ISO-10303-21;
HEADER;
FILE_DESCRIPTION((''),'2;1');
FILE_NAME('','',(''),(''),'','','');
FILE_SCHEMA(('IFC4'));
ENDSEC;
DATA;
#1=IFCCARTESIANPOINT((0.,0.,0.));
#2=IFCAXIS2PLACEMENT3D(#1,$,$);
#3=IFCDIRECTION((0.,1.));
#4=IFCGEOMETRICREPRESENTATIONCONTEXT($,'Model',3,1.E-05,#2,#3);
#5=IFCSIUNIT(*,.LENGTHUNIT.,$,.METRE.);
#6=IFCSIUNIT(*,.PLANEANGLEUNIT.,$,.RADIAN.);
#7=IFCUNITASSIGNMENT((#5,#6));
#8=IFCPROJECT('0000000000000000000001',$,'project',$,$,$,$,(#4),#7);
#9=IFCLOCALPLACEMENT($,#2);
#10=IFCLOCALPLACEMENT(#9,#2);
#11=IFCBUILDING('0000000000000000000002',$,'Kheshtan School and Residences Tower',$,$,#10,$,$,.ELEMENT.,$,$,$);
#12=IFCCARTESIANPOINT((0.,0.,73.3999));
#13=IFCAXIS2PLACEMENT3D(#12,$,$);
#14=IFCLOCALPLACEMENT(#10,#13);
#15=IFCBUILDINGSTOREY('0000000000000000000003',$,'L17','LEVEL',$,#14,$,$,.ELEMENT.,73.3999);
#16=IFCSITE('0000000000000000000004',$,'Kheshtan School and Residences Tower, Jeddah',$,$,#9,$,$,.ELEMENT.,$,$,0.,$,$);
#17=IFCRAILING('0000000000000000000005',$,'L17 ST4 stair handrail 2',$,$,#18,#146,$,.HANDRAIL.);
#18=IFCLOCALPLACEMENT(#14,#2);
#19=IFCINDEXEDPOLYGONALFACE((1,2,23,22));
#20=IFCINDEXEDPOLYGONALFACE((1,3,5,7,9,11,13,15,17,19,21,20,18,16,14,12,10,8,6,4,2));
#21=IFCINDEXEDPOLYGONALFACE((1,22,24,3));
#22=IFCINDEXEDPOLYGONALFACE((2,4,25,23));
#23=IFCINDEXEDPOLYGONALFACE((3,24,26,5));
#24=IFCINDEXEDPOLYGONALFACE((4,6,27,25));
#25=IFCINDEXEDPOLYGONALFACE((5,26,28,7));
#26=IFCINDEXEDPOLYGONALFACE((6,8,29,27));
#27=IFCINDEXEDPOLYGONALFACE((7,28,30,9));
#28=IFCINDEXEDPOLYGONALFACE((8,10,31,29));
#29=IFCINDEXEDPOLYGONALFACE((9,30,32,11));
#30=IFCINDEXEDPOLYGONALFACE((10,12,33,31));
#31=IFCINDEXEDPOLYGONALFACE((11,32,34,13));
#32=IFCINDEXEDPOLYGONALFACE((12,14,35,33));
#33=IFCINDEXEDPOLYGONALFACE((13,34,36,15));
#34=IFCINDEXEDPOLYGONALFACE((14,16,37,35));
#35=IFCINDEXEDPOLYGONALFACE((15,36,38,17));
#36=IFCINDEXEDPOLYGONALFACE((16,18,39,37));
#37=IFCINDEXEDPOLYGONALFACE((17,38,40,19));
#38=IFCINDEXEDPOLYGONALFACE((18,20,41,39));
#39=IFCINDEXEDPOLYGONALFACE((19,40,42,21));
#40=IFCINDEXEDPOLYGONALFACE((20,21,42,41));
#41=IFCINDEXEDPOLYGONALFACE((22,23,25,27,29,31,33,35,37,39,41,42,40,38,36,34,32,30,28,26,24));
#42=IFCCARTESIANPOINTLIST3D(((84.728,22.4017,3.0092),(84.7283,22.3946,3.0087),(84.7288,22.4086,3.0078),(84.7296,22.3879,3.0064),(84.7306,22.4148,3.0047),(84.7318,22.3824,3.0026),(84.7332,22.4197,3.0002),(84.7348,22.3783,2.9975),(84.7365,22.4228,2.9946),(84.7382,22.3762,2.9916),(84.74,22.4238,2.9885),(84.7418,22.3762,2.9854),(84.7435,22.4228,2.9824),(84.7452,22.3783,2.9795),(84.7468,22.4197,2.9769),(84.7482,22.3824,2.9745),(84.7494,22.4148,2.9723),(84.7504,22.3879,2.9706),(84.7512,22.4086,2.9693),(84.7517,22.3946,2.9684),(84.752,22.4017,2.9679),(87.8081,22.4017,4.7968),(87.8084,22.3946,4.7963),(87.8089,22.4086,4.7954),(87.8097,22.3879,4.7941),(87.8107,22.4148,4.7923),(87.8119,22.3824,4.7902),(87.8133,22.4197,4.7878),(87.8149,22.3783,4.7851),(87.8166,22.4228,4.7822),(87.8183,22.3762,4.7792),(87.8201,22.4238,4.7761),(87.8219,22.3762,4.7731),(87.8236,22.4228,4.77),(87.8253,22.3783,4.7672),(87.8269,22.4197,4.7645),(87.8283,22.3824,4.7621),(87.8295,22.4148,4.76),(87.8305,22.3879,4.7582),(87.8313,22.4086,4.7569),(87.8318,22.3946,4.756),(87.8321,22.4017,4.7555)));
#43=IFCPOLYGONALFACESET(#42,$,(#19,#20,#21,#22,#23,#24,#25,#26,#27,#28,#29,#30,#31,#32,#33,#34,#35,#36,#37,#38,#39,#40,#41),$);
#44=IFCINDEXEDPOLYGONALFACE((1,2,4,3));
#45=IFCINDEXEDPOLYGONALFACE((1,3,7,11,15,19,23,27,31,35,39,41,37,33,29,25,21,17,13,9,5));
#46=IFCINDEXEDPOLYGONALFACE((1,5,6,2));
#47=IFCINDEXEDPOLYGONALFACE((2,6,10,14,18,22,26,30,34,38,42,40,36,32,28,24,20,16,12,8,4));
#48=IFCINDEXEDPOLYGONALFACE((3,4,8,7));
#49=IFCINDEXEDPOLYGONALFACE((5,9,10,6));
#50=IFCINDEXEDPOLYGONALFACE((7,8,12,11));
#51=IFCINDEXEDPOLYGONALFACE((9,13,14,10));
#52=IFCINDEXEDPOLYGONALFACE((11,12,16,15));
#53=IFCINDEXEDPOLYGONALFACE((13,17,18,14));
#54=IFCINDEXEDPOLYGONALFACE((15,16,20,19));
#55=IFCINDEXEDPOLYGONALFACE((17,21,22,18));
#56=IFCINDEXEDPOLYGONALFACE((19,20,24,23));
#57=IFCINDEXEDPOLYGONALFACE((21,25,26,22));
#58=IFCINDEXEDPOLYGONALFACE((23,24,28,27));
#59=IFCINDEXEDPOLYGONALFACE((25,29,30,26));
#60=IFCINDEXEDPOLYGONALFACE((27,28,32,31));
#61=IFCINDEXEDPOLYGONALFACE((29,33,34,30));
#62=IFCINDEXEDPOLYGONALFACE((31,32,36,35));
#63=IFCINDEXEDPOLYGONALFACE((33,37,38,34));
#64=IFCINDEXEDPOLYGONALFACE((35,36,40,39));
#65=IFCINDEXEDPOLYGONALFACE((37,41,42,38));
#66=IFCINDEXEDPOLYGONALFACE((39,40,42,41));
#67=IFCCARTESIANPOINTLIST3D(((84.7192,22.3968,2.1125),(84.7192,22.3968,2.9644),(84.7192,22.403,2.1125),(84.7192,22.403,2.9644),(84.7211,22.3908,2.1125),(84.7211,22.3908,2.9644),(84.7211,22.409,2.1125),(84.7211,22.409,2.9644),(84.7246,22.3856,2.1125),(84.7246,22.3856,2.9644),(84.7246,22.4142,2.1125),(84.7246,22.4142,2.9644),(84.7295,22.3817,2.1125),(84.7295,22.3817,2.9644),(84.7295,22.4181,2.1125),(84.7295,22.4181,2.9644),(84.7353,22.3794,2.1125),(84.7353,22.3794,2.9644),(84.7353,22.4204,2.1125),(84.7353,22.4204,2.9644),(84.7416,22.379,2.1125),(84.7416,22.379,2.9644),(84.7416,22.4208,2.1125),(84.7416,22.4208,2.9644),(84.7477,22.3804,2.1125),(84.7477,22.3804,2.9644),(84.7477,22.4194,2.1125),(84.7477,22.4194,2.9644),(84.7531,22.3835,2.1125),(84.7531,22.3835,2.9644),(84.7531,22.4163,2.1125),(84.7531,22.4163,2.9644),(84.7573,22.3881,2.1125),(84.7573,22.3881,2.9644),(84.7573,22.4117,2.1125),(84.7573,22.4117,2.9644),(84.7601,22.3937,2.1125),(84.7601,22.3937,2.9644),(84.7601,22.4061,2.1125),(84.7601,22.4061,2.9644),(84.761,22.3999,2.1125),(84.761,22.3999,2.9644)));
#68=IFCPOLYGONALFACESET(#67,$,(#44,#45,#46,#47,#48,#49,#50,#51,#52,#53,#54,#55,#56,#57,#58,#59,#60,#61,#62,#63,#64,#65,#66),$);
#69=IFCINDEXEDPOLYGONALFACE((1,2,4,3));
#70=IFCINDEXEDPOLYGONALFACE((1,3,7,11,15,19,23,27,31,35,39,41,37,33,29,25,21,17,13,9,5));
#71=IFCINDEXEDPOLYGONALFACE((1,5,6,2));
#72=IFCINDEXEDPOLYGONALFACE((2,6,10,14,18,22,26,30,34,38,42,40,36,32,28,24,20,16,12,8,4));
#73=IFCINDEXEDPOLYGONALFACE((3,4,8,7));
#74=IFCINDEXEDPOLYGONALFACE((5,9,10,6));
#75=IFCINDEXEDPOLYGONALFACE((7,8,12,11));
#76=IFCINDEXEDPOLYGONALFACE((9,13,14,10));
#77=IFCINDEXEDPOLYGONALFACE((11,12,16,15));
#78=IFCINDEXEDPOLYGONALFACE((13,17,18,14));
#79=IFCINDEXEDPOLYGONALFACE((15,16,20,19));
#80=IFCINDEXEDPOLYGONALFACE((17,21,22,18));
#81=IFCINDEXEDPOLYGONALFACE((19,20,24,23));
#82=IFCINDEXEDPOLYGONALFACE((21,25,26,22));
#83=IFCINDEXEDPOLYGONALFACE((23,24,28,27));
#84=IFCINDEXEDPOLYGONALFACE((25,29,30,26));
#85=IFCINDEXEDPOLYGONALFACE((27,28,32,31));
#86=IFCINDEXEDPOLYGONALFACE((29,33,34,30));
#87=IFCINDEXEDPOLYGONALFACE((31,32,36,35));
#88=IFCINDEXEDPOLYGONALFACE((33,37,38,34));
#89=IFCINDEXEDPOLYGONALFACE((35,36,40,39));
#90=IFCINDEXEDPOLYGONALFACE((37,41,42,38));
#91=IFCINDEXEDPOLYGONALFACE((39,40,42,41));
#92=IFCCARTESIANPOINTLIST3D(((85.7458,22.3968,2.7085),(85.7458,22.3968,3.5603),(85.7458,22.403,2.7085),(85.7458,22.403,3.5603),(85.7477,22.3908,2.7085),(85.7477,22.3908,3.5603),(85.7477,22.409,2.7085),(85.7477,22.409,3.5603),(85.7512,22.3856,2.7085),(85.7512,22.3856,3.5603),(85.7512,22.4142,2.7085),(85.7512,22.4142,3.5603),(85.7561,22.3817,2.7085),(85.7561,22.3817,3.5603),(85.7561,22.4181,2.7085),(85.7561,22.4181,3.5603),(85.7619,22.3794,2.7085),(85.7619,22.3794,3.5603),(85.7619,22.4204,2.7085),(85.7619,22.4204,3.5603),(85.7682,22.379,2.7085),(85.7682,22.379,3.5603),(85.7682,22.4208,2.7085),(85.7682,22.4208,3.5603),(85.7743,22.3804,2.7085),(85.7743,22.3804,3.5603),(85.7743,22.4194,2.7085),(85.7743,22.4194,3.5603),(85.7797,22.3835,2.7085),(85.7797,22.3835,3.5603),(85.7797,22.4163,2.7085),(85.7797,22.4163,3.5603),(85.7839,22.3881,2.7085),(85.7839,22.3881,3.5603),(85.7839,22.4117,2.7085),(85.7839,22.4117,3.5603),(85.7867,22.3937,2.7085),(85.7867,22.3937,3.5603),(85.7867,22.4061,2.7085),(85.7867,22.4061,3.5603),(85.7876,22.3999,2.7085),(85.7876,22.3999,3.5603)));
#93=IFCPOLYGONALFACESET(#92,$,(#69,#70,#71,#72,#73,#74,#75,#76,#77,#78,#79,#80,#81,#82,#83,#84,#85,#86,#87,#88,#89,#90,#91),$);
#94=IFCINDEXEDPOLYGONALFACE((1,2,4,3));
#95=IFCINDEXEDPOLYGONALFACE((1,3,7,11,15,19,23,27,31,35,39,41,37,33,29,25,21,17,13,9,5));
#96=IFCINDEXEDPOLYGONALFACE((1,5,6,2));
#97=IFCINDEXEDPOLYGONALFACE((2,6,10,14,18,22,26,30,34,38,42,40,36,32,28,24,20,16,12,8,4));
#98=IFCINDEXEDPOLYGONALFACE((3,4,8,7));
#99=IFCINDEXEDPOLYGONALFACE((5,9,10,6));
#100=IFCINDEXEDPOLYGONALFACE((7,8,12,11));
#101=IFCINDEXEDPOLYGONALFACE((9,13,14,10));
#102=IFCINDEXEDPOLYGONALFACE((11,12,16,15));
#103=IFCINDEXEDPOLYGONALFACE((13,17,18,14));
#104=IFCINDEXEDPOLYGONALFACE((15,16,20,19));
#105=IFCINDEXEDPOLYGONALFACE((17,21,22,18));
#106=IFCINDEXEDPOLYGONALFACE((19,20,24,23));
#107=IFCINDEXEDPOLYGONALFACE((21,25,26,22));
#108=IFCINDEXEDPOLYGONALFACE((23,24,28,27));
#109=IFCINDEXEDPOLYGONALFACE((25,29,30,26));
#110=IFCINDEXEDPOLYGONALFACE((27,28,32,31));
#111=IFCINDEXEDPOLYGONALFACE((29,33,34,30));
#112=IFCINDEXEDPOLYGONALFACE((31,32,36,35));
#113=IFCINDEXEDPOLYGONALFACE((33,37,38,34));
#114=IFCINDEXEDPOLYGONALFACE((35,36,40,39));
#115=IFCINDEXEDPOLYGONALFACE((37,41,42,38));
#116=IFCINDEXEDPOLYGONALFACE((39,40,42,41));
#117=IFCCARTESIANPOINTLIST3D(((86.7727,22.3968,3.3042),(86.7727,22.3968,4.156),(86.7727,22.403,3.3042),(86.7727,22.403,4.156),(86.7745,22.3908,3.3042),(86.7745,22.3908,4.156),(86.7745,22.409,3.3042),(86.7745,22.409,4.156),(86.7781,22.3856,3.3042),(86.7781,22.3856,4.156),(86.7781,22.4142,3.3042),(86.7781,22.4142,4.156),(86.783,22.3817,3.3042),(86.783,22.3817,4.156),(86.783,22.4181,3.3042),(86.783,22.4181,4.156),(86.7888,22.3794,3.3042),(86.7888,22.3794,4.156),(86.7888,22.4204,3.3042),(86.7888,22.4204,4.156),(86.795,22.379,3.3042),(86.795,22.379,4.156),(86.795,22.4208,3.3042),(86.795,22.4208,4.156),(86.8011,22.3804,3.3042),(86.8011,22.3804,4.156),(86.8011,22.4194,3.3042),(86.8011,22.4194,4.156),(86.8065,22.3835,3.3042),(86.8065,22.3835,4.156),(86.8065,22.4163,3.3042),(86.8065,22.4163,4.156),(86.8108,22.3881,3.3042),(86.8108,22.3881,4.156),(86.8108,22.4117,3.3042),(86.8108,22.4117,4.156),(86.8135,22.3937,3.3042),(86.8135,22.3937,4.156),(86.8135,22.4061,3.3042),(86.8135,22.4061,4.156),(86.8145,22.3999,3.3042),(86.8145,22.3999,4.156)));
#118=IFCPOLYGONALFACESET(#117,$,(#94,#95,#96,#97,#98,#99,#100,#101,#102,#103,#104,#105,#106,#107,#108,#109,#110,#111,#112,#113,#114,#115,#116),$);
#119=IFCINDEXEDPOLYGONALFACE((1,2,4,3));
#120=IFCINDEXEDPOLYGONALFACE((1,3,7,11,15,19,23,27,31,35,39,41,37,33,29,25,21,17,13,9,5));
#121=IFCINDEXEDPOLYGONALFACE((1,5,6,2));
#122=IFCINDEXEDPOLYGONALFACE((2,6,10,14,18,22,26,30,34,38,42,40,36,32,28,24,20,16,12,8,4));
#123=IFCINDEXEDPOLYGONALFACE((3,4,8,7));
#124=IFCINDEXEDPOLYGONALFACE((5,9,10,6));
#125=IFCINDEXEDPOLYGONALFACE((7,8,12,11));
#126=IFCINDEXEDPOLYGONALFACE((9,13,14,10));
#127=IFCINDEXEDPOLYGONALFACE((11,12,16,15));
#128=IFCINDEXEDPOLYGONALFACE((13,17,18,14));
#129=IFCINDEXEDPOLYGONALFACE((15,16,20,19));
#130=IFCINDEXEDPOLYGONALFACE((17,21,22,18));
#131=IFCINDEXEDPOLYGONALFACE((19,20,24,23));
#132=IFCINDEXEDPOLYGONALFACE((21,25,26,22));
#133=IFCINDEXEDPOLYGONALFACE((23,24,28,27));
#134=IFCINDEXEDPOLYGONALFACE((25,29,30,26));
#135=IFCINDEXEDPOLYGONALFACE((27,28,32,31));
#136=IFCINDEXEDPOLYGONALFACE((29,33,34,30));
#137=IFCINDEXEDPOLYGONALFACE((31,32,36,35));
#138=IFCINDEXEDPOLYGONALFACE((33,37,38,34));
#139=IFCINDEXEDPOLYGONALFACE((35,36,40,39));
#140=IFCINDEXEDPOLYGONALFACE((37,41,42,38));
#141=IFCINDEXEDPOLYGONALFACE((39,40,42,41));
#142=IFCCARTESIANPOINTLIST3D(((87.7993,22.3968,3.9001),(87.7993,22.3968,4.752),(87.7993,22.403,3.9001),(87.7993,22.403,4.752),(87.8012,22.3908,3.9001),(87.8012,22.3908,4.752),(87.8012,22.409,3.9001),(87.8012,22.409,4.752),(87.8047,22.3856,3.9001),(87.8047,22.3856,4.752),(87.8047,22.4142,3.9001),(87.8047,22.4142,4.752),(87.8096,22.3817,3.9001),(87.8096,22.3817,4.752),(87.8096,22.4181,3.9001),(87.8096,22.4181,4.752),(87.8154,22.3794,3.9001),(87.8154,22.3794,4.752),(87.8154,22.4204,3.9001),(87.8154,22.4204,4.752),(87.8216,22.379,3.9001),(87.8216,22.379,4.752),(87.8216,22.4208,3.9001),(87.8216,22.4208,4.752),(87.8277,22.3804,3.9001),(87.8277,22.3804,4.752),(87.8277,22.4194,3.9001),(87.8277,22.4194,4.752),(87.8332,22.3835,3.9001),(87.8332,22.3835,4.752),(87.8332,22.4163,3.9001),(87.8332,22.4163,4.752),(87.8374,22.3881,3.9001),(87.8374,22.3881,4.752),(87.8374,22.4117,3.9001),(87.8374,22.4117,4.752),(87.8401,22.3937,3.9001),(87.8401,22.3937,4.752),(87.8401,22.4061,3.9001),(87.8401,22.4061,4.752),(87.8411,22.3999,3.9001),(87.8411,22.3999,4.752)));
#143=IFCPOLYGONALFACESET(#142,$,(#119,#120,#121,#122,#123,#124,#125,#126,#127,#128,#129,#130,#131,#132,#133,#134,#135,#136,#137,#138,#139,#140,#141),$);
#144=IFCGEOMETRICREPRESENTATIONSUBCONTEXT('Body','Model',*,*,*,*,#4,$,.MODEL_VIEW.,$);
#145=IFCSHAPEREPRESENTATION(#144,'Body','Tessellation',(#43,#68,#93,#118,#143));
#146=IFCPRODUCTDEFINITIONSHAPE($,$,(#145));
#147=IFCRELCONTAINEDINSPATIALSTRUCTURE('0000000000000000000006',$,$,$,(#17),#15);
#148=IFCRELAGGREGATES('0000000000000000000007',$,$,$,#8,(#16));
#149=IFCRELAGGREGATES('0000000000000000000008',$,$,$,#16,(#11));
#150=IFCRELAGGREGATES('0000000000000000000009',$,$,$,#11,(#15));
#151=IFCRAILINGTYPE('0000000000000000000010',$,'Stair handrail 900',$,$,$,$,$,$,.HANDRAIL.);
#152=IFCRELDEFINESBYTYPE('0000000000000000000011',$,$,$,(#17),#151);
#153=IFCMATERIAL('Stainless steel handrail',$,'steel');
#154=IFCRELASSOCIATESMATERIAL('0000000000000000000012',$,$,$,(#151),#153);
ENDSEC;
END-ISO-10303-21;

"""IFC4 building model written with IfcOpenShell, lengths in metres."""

from ifc_helpers import new_model, si_unit, direction, frame, origin, origin_2d, place, context, subcontext, project, spatial, circle, extrude, material, type_object, element, save


model = new_model("IFC4")

# Units and contexts
model_context = context("Model", 3, precision=1e-05, world=origin(), true_north=direction((0.0, 1.0)))
body_context = subcontext(model_context, "Body", "Model", "MODEL_VIEW")
ifc_project = project(units=[si_unit("LENGTHUNIT", "METRE"), si_unit("PLANEANGLEUNIT", "RADIAN")], contexts=[model_context])

# Site, building, storey
site_placement = place(None, origin())
site = spatial("IfcSite", under=ifc_project, at=site_placement, Name="Kheshtan School and Residences Tower, Jeddah", CompositionType="ELEMENT", RefElevation=0.0)
building_placement = place(site_placement, origin())
building = spatial("IfcBuilding", under=site, at=building_placement, Name="Kheshtan School and Residences Tower", CompositionType="ELEMENT")
storey_placement = place(building_placement, frame((0.0, 0.0, 73.3999)))
storey = spatial("IfcBuildingStorey", under=building, at=storey_placement, Name="L17", Description="LEVEL", CompositionType="ELEMENT", Elevation=73.3999)

# Railing
ifc_material_1 = material(Name="Stainless steel handrail", Category="steel")
railing_type_1 = type_object("IfcRailingType", Name="Stair handrail 900", PredefinedType="HANDRAIL", material=ifc_material_1)
railing_1_placement = place(storey_placement, frame((84.74, 22.3999, 2.1125)))
element("IfcRailing", 1, at=railing_1_placement, inside=storey, type_object=railing_type_1, Name="L17 ST4 stair handrail 2", PredefinedType="HANDRAIL", context=body_context, shape_type="SweptSolid", body=[
    extrude(circle(Radius=0.0239, at=origin_2d()), frame((0.0, 0.0, 0.876), z_axis=(0.864891, 0.0, 0.50196), x_axis=(0.0, 1.0, 0.0)), (0.0, 0.0, 1.0), 3.5613),
    extrude(circle(Radius=0.021, at=origin_2d()), origin(), (0.0, 0.0, 1.0), 0.8518),
    extrude(circle(Radius=0.021, at=origin_2d()), frame((1.0266, 0.0, 0.5959)), (0.0, 0.0, 1.0), 0.8518),
    extrude(circle(Radius=0.021, at=origin_2d()), frame((2.0535, 0.0, 1.1917)), (0.0, 0.0, 1.0), 0.8518),
    extrude(circle(Radius=0.021, at=origin_2d()), frame((3.0801, 0.0, 1.7876)), (0.0, 0.0, 1.0), 0.8518),
])

save(model, "model.ifc")
